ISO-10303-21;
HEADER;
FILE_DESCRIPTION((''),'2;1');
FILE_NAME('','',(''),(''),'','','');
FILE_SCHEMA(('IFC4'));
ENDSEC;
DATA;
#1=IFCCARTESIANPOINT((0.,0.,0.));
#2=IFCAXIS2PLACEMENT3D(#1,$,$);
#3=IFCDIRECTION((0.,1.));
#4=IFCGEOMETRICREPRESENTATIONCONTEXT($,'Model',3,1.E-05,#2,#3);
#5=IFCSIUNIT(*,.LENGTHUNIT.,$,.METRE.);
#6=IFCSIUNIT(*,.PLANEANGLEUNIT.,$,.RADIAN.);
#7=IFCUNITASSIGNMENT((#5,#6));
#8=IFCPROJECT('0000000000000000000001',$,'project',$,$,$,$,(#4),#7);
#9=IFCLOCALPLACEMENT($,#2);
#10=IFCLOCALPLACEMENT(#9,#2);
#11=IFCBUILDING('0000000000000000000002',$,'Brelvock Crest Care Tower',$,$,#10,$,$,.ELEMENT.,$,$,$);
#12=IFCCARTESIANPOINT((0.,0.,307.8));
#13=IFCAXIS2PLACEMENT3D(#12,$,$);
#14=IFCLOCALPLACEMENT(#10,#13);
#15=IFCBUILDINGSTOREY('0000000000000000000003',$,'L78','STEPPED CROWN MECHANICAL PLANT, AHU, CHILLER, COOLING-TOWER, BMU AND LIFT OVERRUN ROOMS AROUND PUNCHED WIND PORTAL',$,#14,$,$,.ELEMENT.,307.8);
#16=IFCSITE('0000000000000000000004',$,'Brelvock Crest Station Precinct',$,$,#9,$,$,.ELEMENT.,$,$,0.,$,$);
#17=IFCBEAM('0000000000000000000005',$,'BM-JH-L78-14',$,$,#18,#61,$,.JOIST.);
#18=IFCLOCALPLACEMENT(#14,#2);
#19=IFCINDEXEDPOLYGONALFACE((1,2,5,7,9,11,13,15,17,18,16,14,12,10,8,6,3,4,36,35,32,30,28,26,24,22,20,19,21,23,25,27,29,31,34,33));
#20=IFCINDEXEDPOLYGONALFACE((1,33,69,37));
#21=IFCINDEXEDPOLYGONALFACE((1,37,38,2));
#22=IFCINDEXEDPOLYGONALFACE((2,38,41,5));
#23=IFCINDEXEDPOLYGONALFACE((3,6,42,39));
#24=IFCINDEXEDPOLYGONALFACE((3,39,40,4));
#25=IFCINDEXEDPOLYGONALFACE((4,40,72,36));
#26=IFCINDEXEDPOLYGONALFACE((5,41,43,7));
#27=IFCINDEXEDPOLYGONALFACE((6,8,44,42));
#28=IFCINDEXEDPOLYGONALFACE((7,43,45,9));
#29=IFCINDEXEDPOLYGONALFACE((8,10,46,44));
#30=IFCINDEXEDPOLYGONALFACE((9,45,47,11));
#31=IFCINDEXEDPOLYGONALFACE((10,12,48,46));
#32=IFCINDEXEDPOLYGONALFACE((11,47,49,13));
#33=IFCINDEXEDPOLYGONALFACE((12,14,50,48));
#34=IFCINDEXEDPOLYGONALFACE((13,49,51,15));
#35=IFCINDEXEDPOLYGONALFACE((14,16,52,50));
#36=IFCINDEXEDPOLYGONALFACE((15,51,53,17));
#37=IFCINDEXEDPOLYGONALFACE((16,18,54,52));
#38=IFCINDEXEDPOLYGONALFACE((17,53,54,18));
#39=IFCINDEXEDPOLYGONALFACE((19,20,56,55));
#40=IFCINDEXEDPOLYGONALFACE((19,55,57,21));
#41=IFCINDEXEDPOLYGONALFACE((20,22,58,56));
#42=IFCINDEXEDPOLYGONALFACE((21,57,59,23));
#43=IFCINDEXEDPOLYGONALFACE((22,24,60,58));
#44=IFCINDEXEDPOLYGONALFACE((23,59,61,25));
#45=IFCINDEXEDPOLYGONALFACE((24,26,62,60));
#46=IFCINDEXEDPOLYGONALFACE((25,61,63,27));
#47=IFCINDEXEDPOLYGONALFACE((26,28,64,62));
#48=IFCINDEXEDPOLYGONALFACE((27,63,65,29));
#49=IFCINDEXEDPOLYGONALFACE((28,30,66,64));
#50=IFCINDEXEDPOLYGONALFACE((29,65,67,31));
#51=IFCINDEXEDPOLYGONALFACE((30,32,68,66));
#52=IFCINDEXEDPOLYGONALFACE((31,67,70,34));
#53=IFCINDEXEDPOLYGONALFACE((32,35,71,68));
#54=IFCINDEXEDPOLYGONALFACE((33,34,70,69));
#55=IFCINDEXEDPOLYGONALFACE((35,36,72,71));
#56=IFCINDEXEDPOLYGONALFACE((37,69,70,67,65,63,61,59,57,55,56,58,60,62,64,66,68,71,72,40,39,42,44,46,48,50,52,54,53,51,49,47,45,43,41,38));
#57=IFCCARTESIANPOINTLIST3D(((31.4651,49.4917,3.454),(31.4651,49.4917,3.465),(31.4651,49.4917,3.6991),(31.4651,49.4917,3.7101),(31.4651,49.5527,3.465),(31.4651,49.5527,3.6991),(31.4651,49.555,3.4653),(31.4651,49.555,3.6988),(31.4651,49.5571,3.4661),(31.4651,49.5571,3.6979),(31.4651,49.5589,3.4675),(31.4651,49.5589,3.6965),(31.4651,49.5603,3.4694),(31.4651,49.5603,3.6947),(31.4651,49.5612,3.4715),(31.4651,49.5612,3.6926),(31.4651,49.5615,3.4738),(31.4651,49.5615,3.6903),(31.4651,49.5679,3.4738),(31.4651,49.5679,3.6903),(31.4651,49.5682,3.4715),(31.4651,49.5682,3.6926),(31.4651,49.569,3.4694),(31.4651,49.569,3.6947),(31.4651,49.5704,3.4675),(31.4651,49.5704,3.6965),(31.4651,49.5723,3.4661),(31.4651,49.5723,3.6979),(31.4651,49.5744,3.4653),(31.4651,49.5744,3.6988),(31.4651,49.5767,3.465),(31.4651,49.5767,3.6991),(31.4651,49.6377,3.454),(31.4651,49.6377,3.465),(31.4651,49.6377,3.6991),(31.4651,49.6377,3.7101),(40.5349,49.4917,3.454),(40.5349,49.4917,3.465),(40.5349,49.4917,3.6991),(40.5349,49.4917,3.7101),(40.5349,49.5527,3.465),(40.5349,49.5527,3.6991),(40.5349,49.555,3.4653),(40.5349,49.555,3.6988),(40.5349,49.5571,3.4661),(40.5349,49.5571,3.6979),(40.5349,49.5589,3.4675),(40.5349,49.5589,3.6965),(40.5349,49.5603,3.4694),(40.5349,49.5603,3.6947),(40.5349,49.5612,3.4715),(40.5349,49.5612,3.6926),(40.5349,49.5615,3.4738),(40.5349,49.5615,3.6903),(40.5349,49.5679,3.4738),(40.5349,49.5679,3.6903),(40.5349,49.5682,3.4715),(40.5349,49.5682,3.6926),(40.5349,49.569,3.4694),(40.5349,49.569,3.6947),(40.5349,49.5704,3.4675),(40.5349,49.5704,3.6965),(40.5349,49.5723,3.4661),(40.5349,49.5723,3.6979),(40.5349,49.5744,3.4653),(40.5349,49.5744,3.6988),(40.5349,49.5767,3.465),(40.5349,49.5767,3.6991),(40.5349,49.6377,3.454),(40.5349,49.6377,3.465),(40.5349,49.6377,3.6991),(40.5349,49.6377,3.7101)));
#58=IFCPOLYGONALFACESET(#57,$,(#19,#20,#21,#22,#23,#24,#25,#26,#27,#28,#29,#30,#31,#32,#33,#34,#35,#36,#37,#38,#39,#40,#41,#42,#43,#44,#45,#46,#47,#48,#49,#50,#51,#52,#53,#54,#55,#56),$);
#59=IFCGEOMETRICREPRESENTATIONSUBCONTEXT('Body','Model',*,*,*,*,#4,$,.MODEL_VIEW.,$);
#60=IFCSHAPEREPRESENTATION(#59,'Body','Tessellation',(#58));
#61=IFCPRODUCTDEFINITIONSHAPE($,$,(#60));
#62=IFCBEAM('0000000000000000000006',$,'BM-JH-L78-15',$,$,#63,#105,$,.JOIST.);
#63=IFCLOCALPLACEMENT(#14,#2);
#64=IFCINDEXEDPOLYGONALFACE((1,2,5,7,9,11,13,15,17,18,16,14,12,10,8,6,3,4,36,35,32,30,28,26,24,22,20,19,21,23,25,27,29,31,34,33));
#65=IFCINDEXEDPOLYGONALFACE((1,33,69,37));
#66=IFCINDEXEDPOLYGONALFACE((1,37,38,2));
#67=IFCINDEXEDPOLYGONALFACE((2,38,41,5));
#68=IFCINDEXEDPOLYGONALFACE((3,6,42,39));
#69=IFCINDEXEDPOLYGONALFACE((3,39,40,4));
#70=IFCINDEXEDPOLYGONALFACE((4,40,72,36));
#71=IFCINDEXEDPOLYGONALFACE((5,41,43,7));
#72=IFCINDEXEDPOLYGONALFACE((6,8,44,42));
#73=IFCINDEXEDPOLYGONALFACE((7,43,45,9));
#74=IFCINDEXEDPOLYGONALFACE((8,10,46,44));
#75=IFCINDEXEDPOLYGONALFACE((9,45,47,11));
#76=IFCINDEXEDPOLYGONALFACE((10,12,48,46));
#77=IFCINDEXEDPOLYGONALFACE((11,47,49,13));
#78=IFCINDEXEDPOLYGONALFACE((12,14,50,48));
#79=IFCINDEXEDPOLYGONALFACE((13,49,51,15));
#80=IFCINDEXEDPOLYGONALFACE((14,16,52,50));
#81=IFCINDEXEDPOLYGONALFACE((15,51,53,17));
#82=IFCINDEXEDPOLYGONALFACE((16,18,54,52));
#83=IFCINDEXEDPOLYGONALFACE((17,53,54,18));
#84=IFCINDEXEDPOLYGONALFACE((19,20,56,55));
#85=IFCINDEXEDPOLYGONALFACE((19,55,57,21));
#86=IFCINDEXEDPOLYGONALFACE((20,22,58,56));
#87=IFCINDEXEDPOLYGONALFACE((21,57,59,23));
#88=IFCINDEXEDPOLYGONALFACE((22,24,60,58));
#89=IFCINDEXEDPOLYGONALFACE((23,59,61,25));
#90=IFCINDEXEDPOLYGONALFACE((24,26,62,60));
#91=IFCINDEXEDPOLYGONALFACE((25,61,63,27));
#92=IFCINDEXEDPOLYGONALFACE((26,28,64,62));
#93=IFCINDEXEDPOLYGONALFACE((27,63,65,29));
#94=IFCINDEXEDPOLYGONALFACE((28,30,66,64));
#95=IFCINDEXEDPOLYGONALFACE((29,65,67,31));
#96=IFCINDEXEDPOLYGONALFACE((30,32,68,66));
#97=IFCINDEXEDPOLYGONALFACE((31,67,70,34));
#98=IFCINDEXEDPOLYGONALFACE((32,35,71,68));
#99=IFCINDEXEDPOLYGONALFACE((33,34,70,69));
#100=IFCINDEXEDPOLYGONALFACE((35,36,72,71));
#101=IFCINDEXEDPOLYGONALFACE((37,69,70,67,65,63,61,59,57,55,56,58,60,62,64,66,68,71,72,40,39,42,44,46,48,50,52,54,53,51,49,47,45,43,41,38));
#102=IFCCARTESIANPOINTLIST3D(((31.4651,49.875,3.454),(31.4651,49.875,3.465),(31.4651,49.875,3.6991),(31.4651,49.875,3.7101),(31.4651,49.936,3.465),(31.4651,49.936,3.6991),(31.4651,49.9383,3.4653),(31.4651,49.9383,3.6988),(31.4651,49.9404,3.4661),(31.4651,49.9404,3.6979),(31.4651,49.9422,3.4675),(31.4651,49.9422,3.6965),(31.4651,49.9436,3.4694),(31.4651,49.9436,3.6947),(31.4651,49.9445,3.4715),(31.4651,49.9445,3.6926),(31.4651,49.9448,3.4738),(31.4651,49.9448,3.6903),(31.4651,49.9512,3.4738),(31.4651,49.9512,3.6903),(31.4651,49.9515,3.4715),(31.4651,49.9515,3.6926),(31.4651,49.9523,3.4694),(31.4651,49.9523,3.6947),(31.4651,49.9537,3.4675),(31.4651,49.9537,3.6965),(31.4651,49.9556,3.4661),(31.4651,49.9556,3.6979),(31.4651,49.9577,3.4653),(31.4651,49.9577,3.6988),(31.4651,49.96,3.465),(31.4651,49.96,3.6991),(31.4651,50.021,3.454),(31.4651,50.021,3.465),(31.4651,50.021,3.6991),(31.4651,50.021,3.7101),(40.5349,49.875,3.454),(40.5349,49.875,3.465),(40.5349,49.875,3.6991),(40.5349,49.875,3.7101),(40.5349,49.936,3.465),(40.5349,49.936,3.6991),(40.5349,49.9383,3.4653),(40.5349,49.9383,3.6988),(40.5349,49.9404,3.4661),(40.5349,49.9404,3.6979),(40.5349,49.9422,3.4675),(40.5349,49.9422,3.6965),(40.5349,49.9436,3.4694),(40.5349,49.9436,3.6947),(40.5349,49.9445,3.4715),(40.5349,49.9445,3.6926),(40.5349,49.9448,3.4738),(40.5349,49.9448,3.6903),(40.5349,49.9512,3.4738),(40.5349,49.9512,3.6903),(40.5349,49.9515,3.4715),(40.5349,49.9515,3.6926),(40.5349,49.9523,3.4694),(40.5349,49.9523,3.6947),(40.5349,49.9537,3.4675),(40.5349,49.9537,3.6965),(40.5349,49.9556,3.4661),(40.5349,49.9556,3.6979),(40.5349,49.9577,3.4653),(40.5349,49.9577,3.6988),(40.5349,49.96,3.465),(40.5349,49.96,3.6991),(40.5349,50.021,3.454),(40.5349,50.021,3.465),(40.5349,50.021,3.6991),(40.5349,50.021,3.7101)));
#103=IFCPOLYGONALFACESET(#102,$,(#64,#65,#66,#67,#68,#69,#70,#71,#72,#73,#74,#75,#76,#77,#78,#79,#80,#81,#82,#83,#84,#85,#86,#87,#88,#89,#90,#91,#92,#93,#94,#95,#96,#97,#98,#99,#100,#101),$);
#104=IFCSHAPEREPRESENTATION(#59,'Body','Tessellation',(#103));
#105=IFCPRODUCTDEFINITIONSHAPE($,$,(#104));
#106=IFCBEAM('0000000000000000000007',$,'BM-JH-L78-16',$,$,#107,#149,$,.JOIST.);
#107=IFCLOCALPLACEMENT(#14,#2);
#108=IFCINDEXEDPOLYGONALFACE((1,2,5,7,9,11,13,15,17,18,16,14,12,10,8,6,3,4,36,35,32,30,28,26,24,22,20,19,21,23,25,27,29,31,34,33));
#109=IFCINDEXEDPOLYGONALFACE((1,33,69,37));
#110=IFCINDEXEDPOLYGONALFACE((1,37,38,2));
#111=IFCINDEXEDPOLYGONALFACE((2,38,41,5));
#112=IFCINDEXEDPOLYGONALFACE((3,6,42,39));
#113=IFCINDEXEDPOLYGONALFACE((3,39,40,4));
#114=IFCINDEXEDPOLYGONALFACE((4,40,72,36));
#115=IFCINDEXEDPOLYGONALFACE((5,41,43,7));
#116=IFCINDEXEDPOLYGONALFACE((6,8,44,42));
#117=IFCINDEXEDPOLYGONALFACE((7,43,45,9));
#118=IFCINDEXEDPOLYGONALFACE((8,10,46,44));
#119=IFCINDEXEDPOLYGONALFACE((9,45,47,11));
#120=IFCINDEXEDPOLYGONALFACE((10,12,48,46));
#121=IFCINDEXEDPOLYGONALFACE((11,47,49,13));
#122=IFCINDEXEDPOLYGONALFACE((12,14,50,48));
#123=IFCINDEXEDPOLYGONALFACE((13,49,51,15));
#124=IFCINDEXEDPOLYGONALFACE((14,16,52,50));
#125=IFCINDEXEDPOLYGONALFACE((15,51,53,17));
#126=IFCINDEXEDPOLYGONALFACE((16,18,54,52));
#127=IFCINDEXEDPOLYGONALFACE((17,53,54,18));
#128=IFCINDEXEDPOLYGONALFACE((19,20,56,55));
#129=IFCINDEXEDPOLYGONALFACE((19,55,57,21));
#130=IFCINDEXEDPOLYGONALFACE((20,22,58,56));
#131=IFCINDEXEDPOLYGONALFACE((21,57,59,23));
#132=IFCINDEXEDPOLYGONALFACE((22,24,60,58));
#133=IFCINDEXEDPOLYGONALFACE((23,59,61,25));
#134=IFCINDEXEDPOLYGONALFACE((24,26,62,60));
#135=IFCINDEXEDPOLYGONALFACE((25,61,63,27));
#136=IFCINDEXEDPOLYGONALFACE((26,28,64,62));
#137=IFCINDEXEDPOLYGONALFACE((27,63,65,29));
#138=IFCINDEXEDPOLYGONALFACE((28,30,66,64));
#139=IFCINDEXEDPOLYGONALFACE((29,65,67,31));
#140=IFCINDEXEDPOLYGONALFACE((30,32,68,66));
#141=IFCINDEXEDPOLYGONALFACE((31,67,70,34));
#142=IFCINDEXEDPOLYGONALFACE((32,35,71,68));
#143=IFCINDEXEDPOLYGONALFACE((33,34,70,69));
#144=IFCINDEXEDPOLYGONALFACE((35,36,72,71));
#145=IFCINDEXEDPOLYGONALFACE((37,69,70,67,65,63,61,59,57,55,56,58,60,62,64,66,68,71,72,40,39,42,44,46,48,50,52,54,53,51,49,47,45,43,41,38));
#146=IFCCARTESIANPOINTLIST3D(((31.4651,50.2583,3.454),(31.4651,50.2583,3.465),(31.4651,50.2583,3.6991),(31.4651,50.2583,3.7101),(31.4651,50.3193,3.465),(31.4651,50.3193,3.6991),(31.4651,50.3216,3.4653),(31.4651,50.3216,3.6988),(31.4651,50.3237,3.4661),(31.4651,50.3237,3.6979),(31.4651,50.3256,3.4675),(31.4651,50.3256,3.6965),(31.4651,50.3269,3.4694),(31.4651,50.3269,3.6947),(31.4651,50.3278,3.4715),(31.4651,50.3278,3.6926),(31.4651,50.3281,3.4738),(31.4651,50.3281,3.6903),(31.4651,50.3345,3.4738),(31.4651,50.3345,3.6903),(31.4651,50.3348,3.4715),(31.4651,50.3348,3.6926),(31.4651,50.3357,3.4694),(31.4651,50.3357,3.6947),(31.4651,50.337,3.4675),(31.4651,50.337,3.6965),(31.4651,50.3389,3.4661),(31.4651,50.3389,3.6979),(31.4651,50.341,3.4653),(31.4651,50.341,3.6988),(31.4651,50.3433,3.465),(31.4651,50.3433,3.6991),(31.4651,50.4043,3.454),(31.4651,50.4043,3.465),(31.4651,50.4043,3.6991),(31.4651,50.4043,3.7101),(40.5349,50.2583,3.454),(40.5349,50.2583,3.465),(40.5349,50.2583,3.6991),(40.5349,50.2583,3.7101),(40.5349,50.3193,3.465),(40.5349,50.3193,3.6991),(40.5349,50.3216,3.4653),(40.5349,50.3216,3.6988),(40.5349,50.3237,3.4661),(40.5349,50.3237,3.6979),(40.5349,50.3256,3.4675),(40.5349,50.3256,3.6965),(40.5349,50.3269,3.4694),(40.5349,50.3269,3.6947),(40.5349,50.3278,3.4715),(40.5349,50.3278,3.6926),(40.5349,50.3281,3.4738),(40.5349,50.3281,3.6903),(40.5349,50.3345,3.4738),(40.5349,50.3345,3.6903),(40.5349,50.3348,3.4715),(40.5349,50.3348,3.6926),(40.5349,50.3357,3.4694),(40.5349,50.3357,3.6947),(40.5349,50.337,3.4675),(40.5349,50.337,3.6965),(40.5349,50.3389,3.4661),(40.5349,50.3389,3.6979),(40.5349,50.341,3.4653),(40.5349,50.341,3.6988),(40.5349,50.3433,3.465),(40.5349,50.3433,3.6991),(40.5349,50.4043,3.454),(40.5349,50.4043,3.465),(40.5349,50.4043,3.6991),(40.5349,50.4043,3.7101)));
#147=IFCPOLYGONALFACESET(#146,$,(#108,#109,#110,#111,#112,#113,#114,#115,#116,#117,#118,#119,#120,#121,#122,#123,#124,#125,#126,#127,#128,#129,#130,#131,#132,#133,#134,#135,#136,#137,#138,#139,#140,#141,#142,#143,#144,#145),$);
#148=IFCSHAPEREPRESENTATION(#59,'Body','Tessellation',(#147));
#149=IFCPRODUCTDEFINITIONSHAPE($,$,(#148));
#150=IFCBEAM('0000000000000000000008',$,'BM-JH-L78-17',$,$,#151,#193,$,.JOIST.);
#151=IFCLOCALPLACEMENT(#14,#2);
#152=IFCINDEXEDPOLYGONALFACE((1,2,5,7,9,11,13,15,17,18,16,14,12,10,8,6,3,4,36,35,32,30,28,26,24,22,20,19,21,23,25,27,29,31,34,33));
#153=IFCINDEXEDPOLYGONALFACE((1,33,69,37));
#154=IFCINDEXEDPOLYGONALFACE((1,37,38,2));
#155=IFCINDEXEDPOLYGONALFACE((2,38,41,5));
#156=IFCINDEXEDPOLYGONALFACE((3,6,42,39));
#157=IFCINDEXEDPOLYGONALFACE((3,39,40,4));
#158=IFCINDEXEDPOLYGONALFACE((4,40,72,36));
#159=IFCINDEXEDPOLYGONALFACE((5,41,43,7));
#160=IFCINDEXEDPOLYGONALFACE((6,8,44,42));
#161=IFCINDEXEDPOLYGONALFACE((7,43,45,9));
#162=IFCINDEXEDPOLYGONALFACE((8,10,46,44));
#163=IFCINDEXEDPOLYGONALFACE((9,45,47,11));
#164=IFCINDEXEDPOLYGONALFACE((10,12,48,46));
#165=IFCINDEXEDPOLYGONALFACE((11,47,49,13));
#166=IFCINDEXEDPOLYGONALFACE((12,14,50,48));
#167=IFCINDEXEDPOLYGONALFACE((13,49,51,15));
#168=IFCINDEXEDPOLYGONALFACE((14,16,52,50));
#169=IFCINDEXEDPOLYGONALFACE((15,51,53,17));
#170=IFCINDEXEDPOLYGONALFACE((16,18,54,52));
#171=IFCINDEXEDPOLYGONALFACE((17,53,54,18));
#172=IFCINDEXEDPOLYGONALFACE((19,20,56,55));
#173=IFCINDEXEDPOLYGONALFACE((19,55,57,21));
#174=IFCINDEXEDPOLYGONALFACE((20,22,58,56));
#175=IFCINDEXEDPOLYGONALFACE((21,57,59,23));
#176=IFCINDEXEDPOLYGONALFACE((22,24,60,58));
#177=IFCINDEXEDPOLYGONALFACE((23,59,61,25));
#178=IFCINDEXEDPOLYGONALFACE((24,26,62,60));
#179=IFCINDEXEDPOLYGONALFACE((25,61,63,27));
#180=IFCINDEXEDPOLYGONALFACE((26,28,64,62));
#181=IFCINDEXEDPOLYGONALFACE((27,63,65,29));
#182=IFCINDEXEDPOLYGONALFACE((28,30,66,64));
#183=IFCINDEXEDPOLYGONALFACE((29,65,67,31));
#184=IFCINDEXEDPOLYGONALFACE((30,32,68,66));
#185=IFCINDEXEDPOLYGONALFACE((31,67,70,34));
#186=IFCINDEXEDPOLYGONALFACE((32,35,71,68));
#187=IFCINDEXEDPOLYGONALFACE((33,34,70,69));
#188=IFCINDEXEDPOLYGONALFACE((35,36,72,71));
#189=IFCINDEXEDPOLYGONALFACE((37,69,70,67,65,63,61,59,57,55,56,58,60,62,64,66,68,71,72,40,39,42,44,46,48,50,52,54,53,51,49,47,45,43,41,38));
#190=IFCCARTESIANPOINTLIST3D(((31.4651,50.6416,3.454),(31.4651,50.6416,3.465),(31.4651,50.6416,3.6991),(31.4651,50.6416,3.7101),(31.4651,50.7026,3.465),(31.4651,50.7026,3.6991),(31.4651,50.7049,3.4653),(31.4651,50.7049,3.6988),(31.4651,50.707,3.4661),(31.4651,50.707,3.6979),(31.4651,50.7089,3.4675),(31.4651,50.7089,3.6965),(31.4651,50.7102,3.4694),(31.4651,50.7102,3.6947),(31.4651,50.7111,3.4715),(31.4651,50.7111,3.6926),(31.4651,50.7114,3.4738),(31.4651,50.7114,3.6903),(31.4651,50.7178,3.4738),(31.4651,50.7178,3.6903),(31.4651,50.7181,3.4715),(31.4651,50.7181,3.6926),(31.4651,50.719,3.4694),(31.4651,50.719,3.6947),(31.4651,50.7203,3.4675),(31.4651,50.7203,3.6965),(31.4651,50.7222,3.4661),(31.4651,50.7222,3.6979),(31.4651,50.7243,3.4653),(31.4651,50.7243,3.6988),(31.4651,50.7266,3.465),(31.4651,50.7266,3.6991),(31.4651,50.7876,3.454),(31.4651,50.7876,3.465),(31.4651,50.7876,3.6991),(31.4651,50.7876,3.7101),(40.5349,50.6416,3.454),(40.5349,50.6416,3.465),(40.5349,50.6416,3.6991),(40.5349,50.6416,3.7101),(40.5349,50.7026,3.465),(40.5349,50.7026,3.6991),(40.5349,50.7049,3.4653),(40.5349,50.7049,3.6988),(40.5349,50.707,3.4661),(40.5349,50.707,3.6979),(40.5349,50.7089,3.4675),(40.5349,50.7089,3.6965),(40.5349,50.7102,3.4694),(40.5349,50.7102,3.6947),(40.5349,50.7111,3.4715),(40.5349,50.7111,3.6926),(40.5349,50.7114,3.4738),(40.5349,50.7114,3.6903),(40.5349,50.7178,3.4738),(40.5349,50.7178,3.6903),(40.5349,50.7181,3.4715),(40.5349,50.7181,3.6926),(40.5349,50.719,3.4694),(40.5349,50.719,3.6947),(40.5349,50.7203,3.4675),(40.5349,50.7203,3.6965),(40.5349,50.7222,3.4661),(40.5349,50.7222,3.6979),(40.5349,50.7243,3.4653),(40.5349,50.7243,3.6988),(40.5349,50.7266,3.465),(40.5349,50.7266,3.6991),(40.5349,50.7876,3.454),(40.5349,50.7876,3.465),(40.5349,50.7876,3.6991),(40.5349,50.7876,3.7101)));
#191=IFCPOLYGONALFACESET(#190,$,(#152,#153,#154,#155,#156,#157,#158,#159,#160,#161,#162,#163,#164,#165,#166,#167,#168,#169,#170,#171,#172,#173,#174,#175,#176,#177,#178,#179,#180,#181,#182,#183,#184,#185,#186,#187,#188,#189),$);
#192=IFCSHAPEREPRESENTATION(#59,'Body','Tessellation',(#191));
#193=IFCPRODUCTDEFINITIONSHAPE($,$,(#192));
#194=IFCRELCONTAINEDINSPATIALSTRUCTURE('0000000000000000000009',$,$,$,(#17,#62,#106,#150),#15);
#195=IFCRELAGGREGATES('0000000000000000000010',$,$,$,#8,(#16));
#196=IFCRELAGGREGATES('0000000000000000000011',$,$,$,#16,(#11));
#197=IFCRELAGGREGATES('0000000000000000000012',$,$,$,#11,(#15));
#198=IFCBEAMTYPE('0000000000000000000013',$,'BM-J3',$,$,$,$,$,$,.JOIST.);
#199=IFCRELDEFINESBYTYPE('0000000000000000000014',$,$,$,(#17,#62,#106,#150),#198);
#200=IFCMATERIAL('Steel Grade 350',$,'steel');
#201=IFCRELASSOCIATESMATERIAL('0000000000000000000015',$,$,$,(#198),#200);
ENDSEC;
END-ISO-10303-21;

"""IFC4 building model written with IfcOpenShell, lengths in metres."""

from ifc_helpers import new_model, si_unit, direction, frame, origin, origin_2d, place, context, subcontext, project, spatial, i_section, extrude, source, transform, mapped, material, material_profile, profile_set, type_object, element, save


model = new_model("IFC4")

# Units and contexts
model_context = context("Model", 3, precision=1e-05, world=origin(), true_north=direction((0.0, 1.0)))
body_context = subcontext(model_context, "Body", "Model", "MODEL_VIEW")
ifc_project = project(units=[si_unit("LENGTHUNIT", "METRE"), si_unit("PLANEANGLEUNIT", "RADIAN")], contexts=[model_context])

# Site, building, storey
site_placement = place(None, origin())
site = spatial("IfcSite", under=ifc_project, at=site_placement, Name="Brelvock Crest Station Precinct", CompositionType="ELEMENT", RefElevation=0.0)
building_placement = place(site_placement, origin())
building = spatial("IfcBuilding", under=site, at=building_placement, Name="Brelvock Crest Care Tower", CompositionType="ELEMENT")
storey_placement = place(building_placement, frame((0.0, 0.0, 307.8)))
storey = spatial("IfcBuildingStorey", under=building, at=storey_placement, Name="L78", Description="STEPPED CROWN MECHANICAL PLANT, AHU, CHILLER, COOLING-TOWER, BMU AND LIFT OVERRUN ROOMS AROUND PUNCHED WIND PORTAL", CompositionType="ELEMENT", Elevation=307.8)

# Shared definitions
ifc_material_1 = material(Name="Steel Grade 350", Category="steel")

# Beams
ifc_material_profile_1 = material_profile(ifc_material_1, i_section(OverallWidth=0.146, OverallDepth=0.2561, WebThickness=0.0063, FlangeThickness=0.011, FilletRadius=0.0088, at=origin_2d()), Name="250UB37.3")
ifc_profile_set_1 = profile_set([ifc_material_profile_1], Name="Steel Grade 350")
beam_type_1 = type_object("IfcBeamType", Name="BM-J3", PredefinedType="JOIST", material=ifc_profile_set_1)
shared_shape_1 = source(origin(), body_context, "Body", "SweptSolid", [
    extrude(i_section(OverallWidth=0.146, OverallDepth=0.2561, WebThickness=0.0063, FlangeThickness=0.011, FilletRadius=0.0088, at=origin_2d()), origin(), (0.0, 0.0, 1.0), 9.0698),
])
for number, where, z_axis, x_axis, name in (
    (1, (31.4651, 49.5647, 3.582), (1.0, 0.0, 0.0), (0.0, 1.0, 0.0), "BM-JH-L78-14"),
    (2, (31.4651, 49.948, 3.582), (1.0, 0.0, 0.0), (0.0, 1.0, 0.0), "BM-JH-L78-15"),
    (3, (31.4651, 50.3313, 3.582), (1.0, 0.0, 0.0), (0.0, 1.0, 0.0), "BM-JH-L78-16"),
    (4, (31.4651, 50.7146, 3.582), (1.0, 0.0, 0.0), (0.0, 1.0, 0.0), "BM-JH-L78-17"),
):
    element("IfcBeam", number, at=place(storey_placement, frame(where, z_axis=z_axis, x_axis=x_axis)), inside=storey, type_object=beam_type_1, Name=name, PredefinedType="JOIST", context=body_context, shape_type="MappedRepresentation", body=[
        mapped(shared_shape_1, transform((0.0, 0.0, 0.0), x_axis=(1.0, 0.0, 0.0), y_axis=(0.0, 1.0, 0.0), z_axis=(0.0, 0.0, 1.0), scale=1.0)),
    ])

save(model, "model.ifc")
